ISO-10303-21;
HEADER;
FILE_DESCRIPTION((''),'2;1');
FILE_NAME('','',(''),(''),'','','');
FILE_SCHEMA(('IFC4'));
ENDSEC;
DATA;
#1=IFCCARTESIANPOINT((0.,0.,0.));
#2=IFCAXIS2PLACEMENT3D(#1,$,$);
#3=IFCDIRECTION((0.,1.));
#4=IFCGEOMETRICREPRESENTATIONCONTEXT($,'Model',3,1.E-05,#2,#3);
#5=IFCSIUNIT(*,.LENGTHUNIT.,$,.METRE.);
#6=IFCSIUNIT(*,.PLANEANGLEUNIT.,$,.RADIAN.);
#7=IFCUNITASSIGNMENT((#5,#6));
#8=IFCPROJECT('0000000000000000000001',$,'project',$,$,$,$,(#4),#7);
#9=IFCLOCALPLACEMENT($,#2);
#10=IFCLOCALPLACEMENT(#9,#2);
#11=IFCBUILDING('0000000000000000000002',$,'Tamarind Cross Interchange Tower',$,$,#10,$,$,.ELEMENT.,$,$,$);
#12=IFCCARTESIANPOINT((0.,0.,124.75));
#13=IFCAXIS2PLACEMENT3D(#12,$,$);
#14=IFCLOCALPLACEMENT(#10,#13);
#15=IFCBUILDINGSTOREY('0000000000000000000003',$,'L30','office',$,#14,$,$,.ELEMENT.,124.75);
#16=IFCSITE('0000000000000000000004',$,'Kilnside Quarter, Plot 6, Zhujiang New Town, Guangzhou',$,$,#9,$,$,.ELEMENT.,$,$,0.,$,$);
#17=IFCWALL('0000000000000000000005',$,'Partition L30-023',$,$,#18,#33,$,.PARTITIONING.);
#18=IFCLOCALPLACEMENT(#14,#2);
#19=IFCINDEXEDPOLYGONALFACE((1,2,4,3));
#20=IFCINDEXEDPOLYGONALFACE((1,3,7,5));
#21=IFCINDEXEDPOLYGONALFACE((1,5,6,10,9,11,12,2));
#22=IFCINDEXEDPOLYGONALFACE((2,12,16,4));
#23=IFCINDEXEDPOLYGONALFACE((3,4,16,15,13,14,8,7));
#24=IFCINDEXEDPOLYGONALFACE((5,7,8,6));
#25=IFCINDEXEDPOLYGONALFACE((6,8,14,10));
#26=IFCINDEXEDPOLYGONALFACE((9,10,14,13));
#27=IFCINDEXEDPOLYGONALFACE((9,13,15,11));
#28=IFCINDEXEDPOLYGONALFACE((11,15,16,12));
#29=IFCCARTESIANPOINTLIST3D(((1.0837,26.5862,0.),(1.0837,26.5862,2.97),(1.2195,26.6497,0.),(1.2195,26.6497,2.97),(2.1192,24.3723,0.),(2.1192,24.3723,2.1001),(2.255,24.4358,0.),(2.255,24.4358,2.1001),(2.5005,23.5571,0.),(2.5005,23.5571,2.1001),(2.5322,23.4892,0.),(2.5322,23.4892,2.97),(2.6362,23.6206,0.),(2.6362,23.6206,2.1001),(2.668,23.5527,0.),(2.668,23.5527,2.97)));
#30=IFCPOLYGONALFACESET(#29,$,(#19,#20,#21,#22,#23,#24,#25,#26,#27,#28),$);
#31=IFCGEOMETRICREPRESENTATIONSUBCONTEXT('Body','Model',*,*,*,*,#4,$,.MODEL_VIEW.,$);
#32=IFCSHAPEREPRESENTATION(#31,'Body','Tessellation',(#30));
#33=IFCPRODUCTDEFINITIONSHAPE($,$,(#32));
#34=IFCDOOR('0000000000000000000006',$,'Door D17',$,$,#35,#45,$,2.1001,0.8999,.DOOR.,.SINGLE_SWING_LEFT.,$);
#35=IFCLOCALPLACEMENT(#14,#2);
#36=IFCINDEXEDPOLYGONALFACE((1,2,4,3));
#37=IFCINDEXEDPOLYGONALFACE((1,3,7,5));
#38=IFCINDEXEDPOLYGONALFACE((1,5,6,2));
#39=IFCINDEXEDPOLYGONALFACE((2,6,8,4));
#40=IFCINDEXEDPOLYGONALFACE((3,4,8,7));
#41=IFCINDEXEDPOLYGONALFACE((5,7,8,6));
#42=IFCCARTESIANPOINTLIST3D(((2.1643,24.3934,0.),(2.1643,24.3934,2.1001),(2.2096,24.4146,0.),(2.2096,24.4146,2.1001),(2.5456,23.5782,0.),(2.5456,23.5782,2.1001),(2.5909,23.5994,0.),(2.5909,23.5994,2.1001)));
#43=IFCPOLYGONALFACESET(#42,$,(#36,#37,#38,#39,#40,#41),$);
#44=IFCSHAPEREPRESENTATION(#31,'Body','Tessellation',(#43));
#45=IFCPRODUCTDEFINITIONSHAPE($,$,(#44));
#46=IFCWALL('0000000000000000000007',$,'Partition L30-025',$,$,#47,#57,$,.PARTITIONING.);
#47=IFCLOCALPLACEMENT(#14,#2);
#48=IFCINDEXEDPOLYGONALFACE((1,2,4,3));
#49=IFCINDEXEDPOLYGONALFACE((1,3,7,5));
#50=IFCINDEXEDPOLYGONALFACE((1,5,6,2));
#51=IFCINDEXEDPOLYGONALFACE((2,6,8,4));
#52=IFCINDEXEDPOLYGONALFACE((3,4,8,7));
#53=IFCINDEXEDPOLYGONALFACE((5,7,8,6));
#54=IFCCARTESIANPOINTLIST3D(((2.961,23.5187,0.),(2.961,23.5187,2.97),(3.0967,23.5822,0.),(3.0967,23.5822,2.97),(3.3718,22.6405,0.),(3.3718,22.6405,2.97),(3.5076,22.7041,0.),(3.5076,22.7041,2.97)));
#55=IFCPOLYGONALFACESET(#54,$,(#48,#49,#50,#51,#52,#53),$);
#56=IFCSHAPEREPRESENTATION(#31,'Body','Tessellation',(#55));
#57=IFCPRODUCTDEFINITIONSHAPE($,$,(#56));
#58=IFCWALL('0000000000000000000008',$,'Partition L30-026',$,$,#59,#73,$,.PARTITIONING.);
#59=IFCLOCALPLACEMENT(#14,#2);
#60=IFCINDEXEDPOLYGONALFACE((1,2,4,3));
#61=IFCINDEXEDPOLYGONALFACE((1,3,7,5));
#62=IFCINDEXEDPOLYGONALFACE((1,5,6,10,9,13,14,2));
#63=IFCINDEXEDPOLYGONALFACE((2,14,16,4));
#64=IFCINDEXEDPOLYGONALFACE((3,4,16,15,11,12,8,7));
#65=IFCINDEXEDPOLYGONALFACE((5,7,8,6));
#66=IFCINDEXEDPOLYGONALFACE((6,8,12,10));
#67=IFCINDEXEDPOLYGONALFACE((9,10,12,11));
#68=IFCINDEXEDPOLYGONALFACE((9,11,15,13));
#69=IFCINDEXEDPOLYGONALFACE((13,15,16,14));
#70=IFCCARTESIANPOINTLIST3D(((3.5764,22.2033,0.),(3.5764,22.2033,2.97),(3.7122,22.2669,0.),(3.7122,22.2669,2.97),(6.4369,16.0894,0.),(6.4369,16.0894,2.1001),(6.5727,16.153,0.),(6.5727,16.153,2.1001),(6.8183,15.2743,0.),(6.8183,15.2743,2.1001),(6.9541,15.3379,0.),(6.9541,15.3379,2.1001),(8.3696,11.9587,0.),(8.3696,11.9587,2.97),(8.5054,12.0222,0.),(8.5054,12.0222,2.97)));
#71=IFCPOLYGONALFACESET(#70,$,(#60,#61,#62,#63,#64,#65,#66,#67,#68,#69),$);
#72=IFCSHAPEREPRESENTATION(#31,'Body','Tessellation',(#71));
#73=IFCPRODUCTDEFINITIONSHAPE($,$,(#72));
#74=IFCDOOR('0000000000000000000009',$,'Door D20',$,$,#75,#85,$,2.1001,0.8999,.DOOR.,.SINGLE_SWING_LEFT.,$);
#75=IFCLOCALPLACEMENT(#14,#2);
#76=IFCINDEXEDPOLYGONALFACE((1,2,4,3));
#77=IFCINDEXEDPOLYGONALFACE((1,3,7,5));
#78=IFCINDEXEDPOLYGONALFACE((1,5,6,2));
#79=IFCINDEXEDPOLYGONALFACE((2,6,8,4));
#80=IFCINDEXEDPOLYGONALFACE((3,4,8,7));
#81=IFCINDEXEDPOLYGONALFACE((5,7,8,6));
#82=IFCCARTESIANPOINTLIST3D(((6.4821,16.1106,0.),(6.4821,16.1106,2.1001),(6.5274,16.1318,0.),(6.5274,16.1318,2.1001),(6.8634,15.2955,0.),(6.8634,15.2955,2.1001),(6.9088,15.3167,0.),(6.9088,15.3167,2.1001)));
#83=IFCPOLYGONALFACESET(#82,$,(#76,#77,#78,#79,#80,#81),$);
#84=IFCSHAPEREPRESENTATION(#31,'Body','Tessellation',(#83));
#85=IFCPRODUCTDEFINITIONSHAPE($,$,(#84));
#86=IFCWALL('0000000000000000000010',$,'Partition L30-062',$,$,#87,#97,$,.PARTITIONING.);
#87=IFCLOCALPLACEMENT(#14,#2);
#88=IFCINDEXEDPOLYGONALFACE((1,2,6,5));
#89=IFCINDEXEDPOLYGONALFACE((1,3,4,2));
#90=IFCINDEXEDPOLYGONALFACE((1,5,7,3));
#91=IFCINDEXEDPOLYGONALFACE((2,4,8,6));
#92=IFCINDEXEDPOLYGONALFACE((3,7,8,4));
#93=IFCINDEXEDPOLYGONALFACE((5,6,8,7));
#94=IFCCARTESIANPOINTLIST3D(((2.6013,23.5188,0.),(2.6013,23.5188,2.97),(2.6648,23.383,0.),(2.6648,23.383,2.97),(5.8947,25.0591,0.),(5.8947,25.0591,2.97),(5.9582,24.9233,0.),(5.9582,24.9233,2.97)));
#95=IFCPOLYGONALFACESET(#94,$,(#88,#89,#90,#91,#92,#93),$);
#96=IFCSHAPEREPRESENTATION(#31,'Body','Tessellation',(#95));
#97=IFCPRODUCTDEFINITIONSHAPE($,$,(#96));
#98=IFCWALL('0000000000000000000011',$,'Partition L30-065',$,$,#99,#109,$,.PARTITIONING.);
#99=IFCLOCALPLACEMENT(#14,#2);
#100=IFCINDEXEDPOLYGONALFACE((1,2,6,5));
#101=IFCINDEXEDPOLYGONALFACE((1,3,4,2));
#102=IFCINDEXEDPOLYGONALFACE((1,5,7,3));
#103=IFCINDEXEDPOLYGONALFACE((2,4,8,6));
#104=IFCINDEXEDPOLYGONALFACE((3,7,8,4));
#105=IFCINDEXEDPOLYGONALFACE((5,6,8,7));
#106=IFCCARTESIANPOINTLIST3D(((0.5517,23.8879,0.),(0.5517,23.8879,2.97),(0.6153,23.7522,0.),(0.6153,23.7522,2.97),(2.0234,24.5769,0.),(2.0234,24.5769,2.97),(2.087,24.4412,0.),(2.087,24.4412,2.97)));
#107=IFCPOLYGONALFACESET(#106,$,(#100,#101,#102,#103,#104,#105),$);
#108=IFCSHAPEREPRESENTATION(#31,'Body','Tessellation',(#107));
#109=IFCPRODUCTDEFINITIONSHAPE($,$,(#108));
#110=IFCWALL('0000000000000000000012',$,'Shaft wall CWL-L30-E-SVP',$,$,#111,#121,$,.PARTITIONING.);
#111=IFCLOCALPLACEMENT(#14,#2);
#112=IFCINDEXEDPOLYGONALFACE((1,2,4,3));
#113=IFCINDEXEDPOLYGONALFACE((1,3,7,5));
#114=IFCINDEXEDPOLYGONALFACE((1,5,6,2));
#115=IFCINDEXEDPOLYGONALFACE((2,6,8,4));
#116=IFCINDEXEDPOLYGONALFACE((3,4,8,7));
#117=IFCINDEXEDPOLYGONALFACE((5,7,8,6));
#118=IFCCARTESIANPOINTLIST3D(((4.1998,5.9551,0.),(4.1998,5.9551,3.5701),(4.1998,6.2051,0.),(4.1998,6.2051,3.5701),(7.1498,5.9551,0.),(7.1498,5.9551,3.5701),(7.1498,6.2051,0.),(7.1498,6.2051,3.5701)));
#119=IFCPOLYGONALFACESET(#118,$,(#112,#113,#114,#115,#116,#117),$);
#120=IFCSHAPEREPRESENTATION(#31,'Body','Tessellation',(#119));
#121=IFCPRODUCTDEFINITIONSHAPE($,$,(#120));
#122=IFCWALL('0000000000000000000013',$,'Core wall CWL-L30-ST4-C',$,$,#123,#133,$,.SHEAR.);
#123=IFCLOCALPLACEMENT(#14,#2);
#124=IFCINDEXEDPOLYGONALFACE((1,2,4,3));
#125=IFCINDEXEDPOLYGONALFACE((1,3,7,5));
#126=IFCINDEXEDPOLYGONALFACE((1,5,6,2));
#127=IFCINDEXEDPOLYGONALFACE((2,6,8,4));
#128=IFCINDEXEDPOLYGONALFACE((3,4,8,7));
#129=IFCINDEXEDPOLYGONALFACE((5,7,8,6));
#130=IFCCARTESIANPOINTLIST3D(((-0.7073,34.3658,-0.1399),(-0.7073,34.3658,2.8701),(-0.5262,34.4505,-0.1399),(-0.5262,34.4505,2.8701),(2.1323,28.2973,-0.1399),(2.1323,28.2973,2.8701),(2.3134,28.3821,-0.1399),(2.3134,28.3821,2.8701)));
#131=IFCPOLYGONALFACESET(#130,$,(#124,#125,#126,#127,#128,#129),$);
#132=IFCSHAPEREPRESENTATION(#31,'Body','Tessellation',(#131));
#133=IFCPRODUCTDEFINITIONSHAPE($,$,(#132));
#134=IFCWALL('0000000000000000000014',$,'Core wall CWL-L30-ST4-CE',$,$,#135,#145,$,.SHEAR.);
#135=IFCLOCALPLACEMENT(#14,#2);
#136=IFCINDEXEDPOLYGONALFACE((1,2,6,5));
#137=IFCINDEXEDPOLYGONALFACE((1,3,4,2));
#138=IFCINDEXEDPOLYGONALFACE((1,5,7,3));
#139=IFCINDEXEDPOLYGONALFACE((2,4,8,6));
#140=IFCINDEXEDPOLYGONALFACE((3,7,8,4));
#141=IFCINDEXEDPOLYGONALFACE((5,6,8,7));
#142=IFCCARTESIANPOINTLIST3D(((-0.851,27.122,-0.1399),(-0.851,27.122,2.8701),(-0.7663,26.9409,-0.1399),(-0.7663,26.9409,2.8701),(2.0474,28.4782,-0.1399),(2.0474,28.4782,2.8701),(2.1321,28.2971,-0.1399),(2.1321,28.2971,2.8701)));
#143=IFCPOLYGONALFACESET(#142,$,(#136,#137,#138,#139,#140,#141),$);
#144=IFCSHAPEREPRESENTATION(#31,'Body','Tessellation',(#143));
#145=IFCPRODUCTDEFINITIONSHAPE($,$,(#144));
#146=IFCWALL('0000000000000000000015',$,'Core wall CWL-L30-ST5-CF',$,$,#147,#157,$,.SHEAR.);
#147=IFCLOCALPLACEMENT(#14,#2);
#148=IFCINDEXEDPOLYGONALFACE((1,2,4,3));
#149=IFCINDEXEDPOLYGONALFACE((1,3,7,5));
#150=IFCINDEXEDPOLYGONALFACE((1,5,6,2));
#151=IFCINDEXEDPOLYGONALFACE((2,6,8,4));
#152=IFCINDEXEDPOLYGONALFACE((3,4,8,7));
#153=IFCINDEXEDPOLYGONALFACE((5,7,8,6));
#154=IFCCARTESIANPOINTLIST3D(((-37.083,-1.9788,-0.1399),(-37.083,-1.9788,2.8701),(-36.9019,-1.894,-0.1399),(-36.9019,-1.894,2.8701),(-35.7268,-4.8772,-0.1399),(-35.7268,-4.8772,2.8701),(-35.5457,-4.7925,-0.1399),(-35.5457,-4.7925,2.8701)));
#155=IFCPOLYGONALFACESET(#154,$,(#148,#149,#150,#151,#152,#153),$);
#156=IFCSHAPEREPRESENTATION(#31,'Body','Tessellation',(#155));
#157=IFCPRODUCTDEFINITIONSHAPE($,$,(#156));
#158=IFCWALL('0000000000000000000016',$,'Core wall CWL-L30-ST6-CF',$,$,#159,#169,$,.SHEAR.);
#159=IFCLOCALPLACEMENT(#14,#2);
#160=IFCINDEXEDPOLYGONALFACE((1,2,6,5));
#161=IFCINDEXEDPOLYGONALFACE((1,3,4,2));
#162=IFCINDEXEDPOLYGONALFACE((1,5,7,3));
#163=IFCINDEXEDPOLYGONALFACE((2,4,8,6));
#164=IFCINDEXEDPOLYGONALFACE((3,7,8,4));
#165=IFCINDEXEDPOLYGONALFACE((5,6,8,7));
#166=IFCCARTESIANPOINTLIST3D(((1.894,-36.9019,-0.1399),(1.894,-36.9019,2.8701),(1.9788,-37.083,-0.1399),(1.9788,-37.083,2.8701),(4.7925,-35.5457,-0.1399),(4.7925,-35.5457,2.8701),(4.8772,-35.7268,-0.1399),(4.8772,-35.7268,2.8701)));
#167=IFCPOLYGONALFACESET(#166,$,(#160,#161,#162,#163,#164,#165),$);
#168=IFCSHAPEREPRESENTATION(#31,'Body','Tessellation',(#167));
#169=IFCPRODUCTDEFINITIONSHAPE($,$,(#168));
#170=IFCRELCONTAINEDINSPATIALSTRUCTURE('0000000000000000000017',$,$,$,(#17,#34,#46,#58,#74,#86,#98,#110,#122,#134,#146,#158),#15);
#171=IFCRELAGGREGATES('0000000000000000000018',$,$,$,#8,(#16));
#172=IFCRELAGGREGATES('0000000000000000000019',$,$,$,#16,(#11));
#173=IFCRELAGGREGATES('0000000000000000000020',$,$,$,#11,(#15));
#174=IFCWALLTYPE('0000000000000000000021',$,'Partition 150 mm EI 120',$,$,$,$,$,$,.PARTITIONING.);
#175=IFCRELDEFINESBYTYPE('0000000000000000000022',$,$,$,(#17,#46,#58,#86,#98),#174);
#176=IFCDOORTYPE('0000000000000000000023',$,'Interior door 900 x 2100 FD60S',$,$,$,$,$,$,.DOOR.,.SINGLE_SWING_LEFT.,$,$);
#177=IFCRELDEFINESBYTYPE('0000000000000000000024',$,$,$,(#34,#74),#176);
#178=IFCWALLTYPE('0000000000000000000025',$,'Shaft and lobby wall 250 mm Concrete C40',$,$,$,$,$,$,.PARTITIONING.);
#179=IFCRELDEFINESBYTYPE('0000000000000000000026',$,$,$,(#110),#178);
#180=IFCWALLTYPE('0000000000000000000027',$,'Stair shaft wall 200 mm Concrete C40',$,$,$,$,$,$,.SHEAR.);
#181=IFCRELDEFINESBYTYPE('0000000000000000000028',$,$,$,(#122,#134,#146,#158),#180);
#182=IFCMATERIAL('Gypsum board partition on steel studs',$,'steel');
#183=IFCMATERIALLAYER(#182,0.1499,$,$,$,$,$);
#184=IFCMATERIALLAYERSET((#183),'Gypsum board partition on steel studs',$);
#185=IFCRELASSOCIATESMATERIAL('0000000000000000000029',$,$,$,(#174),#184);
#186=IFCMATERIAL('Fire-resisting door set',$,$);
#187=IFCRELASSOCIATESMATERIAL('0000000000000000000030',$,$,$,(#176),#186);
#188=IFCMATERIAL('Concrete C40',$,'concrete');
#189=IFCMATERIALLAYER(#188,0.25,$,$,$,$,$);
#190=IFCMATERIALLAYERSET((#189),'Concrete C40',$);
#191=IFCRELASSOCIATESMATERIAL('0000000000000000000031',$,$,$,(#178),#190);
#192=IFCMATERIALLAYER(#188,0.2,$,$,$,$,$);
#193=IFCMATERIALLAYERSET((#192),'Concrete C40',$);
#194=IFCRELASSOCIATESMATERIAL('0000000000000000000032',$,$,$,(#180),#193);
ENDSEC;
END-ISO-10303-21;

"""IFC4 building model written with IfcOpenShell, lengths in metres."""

from ifc_helpers import new_model, si_unit, direction, frame, frame_2d, origin, place, context, subcontext, project, spatial, polyline, rectangle, outline, extrude, material, layer, layer_set, type_object, element, fill, save


model = new_model("IFC4")

# Units and contexts
model_context = context("Model", 3, precision=1e-05, world=origin(), true_north=direction((0.0, 1.0)))
body_context = subcontext(model_context, "Body", "Model", "MODEL_VIEW")
ifc_project = project(units=[si_unit("LENGTHUNIT", "METRE"), si_unit("PLANEANGLEUNIT", "RADIAN")], contexts=[model_context])

# Site, building, storey
site_placement = place(None, origin())
site = spatial("IfcSite", under=ifc_project, at=site_placement, Name="Kilnside Quarter, Plot 6, Zhujiang New Town, Guangzhou", CompositionType="ELEMENT", RefElevation=0.0)
building_placement = place(site_placement, origin())
building = spatial("IfcBuilding", under=site, at=building_placement, Name="Tamarind Cross Interchange Tower", CompositionType="ELEMENT")
storey_placement = place(building_placement, frame((0.0, 0.0, 124.75)))
storey = spatial("IfcBuildingStorey", under=building, at=storey_placement, Name="L30", Description="office", CompositionType="ELEMENT", Elevation=124.75)

# Shared definitions
ifc_material_1 = material(Name="Concrete C40", Category="concrete")

# Shared definitions
ifc_material_2 = material(Name="Gypsum board partition on steel studs", Category="steel")

# Wall, opening, door
ifc_layer_1 = layer(ifc_material_2, 0.1499)
ifc_layer_set_1 = layer_set([ifc_layer_1], Name="Gypsum board partition on steel studs")
wall_type_1 = type_object("IfcWallType", Name="Partition 150 mm EI 120", PredefinedType="PARTITIONING", material=ifc_layer_set_1)
wall_1_placement = place(storey_placement, frame((1.1516, 26.6179, 0.0), z_axis=(0.0, 0.0, 1.0), x_axis=(0.423667, -0.905818, 0.0)))
wall_1 = element("IfcWall", 1, at=wall_1_placement, inside=storey, type_object=wall_type_1, Name="Partition L30-023", PredefinedType="PARTITIONING", context=body_context, shape_type="SweptSolid", body=[
    extrude(rectangle(XDim=3.4189, YDim=0.1499, at=frame_2d((1.7095, 0.0))), origin(), (0.0, 0.0, 1.0), 2.97),
])
opening_1_placement = place(wall_1_placement, frame((2.4441, 0.0, 0.0)))
opening_1 = element("IfcOpeningElement", 2, at=opening_1_placement, cuts=wall_1, PredefinedType="OPENING", context=body_context, shape_type="SweptSolid", body=[
    extrude(rectangle(XDim=0.8999, YDim=2.1001, at=frame_2d((0.45, 1.05))), frame((0.0, 0.085, 0.0), z_axis=(0.0, -1.0, 0.0), x_axis=(1.0, 0.0, 0.0)), (0.0, 0.0, 1.0), 0.1699),
])
ifc_material_3 = material(Name="Fire-resisting door set")
door_type = type_object("IfcDoorType", Name="Interior door 900 x 2100 FD60S", OperationType="SINGLE_SWING_LEFT", PredefinedType="DOOR", material=ifc_material_3)
door_1_placement = place(opening_1_placement, origin())
door_1 = element("IfcDoor", 3, at=door_1_placement, inside=storey, type_object=door_type, Name="Door D17", OperationType="SINGLE_SWING_LEFT", OverallHeight=2.1001, OverallWidth=0.8999, PredefinedType="DOOR", context=body_context, shape_type="SweptSolid", body=[
    extrude(rectangle(XDim=0.8999, YDim=2.1001, at=frame_2d((0.45, 1.05))), frame((0.0, 0.0249, 0.0), z_axis=(0.0, -1.0, 0.0), x_axis=(1.0, 0.0, 0.0)), (0.0, 0.0, 1.0), 0.05),
])
fill(opening_1, door_1)

# Wall
wall_2_placement = place(storey_placement, frame((3.0288, 23.5505, 0.0), z_axis=(0.0, 0.0, 1.0), x_axis=(0.423795, -0.905758, 0.0)))
element("IfcWall", 4, at=wall_2_placement, inside=storey, type_object=wall_type_1, Name="Partition L30-025", PredefinedType="PARTITIONING", context=body_context, shape_type="SweptSolid", body=[
    extrude(rectangle(XDim=0.9695, YDim=0.1499, at=frame_2d((0.4849, 0.0))), origin(), (0.0, 0.0, 1.0), 2.97),
])

# Wall, opening, door
wall_3_placement = place(storey_placement, frame((3.6443, 22.2351, 0.0), z_axis=(0.0, 0.0, 1.0), x_axis=(0.423785, -0.905763, 0.0)))
wall_3 = element("IfcWall", 5, at=wall_3_placement, inside=storey, type_object=wall_type_1, Name="Partition L30-026", PredefinedType="PARTITIONING", context=body_context, shape_type="SweptSolid", body=[
    extrude(rectangle(XDim=11.3105, YDim=0.1499, at=frame_2d((5.6553, 0.0))), origin(), (0.0, 0.0, 1.0), 2.97),
])
opening_2_placement = place(wall_3_placement, frame((6.75, 0.0, 0.0)))
opening_2 = element("IfcOpeningElement", 6, at=opening_2_placement, cuts=wall_3, PredefinedType="OPENING", context=body_context, shape_type="SweptSolid", body=[
    extrude(rectangle(XDim=0.8999, YDim=2.1001, at=frame_2d((0.45, 1.05))), frame((0.0, 0.085, 0.0), z_axis=(0.0, -1.0, 0.0), x_axis=(1.0, 0.0, 0.0)), (0.0, 0.0, 1.0), 0.1699),
])
door_2_placement = place(opening_2_placement, origin())
door_2 = element("IfcDoor", 7, at=door_2_placement, inside=storey, type_object=door_type, Name="Door D20", OperationType="SINGLE_SWING_LEFT", OverallHeight=2.1001, OverallWidth=0.8999, PredefinedType="DOOR", context=body_context, shape_type="SweptSolid", body=[
    extrude(rectangle(XDim=0.8999, YDim=2.1001, at=frame_2d((0.45, 1.05))), frame((0.0, 0.0249, 0.0), z_axis=(0.0, -1.0, 0.0), x_axis=(1.0, 0.0, 0.0)), (0.0, 0.0, 1.0), 0.05),
])
fill(opening_2, door_2)

# Walls
wall_4_placement = place(storey_placement, frame((2.6331, 23.4509, 0.0), z_axis=(0.0, 0.0, 1.0), x_axis=(0.905831, 0.423639, 0.0)))
element("IfcWall", 8, at=wall_4_placement, inside=storey, type_object=wall_type_1, Name="Partition L30-062", PredefinedType="PARTITIONING", context=body_context, shape_type="SweptSolid", body=[
    extrude(rectangle(XDim=3.6357, YDim=0.1499, at=frame_2d((1.8179, 0.0))), origin(), (0.0, 0.0, 1.0), 2.97),
])
wall_5_placement = place(storey_placement, frame((0.5835, 23.8201, 0.0), z_axis=(0.0, 0.0, 1.0), x_axis=(0.905668, 0.423987, 0.0)))
element("IfcWall", 9, at=wall_5_placement, inside=storey, type_object=wall_type_1, Name="Partition L30-065", PredefinedType="PARTITIONING", context=body_context, shape_type="SweptSolid", body=[
    extrude(rectangle(XDim=1.625, YDim=0.1499, at=frame_2d((0.8125, 0.0))), origin(), (0.0, 0.0, 1.0), 2.97),
])
ifc_layer_2 = layer(ifc_material_1, 0.25)
ifc_layer_set_2 = layer_set([ifc_layer_2], Name="Concrete C40")
wall_type_2 = type_object("IfcWallType", Name="Shaft and lobby wall 250 mm Concrete C40", PredefinedType="PARTITIONING", material=ifc_layer_set_2)
wall_6_placement = place(storey_placement, frame((7.1499, 6.0801, 0.0), z_axis=(0.0, 0.0, 1.0), x_axis=(-1.0, 0.0, 0.0)))
element("IfcWall", 10, at=wall_6_placement, inside=storey, type_object=wall_type_2, Name="Shaft wall CWL-L30-E-SVP", PredefinedType="PARTITIONING", context=body_context, shape_type="SweptSolid", body=[
    extrude(rectangle(XDim=2.95, YDim=0.25, at=frame_2d((1.4751, 0.0))), origin(), (0.0, 0.0, 1.0), 3.5701),
])
ifc_layer_3 = layer(ifc_material_1, 0.2)
ifc_layer_set_3 = layer_set([ifc_layer_3], Name="Concrete C40")
wall_type_3 = type_object("IfcWallType", Name="Stair shaft wall 200 mm Concrete C40", PredefinedType="SHEAR", material=ifc_layer_set_3)
wall_7_placement = place(storey_placement, frame((2.2229, 28.3396, -0.1399), z_axis=(0.0, 0.0, 1.0), x_axis=(-0.423829, 0.905742, 0.0)))
element("IfcWall", 11, at=wall_7_placement, inside=storey, type_object=wall_type_3, Name="Core wall CWL-L30-ST4-C", PredefinedType="SHEAR", context=body_context, shape_type="SweptSolid", body=[
    extrude(rectangle(XDim=6.7, YDim=0.2, at=frame_2d((3.3501, 0.0))), origin(), (0.0, 0.0, 1.0), 3.01),
])
wall_8_placement = place(storey_placement, frame((2.0898, 28.3877, -0.1399), z_axis=(0.0, 0.0, 1.0), x_axis=(-0.905752, -0.423808, 0.0)))
element("IfcWall", 12, at=wall_8_placement, inside=storey, type_object=wall_type_3, Name="Core wall CWL-L30-ST4-CE", PredefinedType="SHEAR", context=body_context, shape_type="SweptSolid", body=[
    extrude(rectangle(XDim=3.2, YDim=0.2, at=frame_2d((1.6001, 0.0))), origin(), (0.0, 0.0, 1.0), 3.01),
])
wall_9_placement = place(storey_placement, frame((0.0, 0.0, -0.1399)))
element("IfcWall", 13, at=wall_9_placement, inside=storey, type_object=wall_type_3, Name="Core wall CWL-L30-ST5-CF", PredefinedType="SHEAR", context=body_context, shape_type="SweptSolid", body=[
    extrude(outline(polyline([(-36.9019, -1.894), (-37.083, -1.9788), (-35.7268, -4.8772), (-35.5457, -4.7925), (-36.9019, -1.894)])), origin(), (0.0, 0.0, 1.0), 3.01),
])
wall_10_placement = place(storey_placement, frame((0.0, 0.0, -0.1399)))
element("IfcWall", 14, at=wall_10_placement, inside=storey, type_object=wall_type_3, Name="Core wall CWL-L30-ST6-CF", PredefinedType="SHEAR", context=body_context, shape_type="SweptSolid", body=[
    extrude(outline(polyline([(1.894, -36.9019), (1.9788, -37.083), (4.8772, -35.7268), (4.7925, -35.5457), (1.894, -36.9019)])), origin(), (0.0, 0.0, 1.0), 3.01),
])

save(model, "model.ifc")
